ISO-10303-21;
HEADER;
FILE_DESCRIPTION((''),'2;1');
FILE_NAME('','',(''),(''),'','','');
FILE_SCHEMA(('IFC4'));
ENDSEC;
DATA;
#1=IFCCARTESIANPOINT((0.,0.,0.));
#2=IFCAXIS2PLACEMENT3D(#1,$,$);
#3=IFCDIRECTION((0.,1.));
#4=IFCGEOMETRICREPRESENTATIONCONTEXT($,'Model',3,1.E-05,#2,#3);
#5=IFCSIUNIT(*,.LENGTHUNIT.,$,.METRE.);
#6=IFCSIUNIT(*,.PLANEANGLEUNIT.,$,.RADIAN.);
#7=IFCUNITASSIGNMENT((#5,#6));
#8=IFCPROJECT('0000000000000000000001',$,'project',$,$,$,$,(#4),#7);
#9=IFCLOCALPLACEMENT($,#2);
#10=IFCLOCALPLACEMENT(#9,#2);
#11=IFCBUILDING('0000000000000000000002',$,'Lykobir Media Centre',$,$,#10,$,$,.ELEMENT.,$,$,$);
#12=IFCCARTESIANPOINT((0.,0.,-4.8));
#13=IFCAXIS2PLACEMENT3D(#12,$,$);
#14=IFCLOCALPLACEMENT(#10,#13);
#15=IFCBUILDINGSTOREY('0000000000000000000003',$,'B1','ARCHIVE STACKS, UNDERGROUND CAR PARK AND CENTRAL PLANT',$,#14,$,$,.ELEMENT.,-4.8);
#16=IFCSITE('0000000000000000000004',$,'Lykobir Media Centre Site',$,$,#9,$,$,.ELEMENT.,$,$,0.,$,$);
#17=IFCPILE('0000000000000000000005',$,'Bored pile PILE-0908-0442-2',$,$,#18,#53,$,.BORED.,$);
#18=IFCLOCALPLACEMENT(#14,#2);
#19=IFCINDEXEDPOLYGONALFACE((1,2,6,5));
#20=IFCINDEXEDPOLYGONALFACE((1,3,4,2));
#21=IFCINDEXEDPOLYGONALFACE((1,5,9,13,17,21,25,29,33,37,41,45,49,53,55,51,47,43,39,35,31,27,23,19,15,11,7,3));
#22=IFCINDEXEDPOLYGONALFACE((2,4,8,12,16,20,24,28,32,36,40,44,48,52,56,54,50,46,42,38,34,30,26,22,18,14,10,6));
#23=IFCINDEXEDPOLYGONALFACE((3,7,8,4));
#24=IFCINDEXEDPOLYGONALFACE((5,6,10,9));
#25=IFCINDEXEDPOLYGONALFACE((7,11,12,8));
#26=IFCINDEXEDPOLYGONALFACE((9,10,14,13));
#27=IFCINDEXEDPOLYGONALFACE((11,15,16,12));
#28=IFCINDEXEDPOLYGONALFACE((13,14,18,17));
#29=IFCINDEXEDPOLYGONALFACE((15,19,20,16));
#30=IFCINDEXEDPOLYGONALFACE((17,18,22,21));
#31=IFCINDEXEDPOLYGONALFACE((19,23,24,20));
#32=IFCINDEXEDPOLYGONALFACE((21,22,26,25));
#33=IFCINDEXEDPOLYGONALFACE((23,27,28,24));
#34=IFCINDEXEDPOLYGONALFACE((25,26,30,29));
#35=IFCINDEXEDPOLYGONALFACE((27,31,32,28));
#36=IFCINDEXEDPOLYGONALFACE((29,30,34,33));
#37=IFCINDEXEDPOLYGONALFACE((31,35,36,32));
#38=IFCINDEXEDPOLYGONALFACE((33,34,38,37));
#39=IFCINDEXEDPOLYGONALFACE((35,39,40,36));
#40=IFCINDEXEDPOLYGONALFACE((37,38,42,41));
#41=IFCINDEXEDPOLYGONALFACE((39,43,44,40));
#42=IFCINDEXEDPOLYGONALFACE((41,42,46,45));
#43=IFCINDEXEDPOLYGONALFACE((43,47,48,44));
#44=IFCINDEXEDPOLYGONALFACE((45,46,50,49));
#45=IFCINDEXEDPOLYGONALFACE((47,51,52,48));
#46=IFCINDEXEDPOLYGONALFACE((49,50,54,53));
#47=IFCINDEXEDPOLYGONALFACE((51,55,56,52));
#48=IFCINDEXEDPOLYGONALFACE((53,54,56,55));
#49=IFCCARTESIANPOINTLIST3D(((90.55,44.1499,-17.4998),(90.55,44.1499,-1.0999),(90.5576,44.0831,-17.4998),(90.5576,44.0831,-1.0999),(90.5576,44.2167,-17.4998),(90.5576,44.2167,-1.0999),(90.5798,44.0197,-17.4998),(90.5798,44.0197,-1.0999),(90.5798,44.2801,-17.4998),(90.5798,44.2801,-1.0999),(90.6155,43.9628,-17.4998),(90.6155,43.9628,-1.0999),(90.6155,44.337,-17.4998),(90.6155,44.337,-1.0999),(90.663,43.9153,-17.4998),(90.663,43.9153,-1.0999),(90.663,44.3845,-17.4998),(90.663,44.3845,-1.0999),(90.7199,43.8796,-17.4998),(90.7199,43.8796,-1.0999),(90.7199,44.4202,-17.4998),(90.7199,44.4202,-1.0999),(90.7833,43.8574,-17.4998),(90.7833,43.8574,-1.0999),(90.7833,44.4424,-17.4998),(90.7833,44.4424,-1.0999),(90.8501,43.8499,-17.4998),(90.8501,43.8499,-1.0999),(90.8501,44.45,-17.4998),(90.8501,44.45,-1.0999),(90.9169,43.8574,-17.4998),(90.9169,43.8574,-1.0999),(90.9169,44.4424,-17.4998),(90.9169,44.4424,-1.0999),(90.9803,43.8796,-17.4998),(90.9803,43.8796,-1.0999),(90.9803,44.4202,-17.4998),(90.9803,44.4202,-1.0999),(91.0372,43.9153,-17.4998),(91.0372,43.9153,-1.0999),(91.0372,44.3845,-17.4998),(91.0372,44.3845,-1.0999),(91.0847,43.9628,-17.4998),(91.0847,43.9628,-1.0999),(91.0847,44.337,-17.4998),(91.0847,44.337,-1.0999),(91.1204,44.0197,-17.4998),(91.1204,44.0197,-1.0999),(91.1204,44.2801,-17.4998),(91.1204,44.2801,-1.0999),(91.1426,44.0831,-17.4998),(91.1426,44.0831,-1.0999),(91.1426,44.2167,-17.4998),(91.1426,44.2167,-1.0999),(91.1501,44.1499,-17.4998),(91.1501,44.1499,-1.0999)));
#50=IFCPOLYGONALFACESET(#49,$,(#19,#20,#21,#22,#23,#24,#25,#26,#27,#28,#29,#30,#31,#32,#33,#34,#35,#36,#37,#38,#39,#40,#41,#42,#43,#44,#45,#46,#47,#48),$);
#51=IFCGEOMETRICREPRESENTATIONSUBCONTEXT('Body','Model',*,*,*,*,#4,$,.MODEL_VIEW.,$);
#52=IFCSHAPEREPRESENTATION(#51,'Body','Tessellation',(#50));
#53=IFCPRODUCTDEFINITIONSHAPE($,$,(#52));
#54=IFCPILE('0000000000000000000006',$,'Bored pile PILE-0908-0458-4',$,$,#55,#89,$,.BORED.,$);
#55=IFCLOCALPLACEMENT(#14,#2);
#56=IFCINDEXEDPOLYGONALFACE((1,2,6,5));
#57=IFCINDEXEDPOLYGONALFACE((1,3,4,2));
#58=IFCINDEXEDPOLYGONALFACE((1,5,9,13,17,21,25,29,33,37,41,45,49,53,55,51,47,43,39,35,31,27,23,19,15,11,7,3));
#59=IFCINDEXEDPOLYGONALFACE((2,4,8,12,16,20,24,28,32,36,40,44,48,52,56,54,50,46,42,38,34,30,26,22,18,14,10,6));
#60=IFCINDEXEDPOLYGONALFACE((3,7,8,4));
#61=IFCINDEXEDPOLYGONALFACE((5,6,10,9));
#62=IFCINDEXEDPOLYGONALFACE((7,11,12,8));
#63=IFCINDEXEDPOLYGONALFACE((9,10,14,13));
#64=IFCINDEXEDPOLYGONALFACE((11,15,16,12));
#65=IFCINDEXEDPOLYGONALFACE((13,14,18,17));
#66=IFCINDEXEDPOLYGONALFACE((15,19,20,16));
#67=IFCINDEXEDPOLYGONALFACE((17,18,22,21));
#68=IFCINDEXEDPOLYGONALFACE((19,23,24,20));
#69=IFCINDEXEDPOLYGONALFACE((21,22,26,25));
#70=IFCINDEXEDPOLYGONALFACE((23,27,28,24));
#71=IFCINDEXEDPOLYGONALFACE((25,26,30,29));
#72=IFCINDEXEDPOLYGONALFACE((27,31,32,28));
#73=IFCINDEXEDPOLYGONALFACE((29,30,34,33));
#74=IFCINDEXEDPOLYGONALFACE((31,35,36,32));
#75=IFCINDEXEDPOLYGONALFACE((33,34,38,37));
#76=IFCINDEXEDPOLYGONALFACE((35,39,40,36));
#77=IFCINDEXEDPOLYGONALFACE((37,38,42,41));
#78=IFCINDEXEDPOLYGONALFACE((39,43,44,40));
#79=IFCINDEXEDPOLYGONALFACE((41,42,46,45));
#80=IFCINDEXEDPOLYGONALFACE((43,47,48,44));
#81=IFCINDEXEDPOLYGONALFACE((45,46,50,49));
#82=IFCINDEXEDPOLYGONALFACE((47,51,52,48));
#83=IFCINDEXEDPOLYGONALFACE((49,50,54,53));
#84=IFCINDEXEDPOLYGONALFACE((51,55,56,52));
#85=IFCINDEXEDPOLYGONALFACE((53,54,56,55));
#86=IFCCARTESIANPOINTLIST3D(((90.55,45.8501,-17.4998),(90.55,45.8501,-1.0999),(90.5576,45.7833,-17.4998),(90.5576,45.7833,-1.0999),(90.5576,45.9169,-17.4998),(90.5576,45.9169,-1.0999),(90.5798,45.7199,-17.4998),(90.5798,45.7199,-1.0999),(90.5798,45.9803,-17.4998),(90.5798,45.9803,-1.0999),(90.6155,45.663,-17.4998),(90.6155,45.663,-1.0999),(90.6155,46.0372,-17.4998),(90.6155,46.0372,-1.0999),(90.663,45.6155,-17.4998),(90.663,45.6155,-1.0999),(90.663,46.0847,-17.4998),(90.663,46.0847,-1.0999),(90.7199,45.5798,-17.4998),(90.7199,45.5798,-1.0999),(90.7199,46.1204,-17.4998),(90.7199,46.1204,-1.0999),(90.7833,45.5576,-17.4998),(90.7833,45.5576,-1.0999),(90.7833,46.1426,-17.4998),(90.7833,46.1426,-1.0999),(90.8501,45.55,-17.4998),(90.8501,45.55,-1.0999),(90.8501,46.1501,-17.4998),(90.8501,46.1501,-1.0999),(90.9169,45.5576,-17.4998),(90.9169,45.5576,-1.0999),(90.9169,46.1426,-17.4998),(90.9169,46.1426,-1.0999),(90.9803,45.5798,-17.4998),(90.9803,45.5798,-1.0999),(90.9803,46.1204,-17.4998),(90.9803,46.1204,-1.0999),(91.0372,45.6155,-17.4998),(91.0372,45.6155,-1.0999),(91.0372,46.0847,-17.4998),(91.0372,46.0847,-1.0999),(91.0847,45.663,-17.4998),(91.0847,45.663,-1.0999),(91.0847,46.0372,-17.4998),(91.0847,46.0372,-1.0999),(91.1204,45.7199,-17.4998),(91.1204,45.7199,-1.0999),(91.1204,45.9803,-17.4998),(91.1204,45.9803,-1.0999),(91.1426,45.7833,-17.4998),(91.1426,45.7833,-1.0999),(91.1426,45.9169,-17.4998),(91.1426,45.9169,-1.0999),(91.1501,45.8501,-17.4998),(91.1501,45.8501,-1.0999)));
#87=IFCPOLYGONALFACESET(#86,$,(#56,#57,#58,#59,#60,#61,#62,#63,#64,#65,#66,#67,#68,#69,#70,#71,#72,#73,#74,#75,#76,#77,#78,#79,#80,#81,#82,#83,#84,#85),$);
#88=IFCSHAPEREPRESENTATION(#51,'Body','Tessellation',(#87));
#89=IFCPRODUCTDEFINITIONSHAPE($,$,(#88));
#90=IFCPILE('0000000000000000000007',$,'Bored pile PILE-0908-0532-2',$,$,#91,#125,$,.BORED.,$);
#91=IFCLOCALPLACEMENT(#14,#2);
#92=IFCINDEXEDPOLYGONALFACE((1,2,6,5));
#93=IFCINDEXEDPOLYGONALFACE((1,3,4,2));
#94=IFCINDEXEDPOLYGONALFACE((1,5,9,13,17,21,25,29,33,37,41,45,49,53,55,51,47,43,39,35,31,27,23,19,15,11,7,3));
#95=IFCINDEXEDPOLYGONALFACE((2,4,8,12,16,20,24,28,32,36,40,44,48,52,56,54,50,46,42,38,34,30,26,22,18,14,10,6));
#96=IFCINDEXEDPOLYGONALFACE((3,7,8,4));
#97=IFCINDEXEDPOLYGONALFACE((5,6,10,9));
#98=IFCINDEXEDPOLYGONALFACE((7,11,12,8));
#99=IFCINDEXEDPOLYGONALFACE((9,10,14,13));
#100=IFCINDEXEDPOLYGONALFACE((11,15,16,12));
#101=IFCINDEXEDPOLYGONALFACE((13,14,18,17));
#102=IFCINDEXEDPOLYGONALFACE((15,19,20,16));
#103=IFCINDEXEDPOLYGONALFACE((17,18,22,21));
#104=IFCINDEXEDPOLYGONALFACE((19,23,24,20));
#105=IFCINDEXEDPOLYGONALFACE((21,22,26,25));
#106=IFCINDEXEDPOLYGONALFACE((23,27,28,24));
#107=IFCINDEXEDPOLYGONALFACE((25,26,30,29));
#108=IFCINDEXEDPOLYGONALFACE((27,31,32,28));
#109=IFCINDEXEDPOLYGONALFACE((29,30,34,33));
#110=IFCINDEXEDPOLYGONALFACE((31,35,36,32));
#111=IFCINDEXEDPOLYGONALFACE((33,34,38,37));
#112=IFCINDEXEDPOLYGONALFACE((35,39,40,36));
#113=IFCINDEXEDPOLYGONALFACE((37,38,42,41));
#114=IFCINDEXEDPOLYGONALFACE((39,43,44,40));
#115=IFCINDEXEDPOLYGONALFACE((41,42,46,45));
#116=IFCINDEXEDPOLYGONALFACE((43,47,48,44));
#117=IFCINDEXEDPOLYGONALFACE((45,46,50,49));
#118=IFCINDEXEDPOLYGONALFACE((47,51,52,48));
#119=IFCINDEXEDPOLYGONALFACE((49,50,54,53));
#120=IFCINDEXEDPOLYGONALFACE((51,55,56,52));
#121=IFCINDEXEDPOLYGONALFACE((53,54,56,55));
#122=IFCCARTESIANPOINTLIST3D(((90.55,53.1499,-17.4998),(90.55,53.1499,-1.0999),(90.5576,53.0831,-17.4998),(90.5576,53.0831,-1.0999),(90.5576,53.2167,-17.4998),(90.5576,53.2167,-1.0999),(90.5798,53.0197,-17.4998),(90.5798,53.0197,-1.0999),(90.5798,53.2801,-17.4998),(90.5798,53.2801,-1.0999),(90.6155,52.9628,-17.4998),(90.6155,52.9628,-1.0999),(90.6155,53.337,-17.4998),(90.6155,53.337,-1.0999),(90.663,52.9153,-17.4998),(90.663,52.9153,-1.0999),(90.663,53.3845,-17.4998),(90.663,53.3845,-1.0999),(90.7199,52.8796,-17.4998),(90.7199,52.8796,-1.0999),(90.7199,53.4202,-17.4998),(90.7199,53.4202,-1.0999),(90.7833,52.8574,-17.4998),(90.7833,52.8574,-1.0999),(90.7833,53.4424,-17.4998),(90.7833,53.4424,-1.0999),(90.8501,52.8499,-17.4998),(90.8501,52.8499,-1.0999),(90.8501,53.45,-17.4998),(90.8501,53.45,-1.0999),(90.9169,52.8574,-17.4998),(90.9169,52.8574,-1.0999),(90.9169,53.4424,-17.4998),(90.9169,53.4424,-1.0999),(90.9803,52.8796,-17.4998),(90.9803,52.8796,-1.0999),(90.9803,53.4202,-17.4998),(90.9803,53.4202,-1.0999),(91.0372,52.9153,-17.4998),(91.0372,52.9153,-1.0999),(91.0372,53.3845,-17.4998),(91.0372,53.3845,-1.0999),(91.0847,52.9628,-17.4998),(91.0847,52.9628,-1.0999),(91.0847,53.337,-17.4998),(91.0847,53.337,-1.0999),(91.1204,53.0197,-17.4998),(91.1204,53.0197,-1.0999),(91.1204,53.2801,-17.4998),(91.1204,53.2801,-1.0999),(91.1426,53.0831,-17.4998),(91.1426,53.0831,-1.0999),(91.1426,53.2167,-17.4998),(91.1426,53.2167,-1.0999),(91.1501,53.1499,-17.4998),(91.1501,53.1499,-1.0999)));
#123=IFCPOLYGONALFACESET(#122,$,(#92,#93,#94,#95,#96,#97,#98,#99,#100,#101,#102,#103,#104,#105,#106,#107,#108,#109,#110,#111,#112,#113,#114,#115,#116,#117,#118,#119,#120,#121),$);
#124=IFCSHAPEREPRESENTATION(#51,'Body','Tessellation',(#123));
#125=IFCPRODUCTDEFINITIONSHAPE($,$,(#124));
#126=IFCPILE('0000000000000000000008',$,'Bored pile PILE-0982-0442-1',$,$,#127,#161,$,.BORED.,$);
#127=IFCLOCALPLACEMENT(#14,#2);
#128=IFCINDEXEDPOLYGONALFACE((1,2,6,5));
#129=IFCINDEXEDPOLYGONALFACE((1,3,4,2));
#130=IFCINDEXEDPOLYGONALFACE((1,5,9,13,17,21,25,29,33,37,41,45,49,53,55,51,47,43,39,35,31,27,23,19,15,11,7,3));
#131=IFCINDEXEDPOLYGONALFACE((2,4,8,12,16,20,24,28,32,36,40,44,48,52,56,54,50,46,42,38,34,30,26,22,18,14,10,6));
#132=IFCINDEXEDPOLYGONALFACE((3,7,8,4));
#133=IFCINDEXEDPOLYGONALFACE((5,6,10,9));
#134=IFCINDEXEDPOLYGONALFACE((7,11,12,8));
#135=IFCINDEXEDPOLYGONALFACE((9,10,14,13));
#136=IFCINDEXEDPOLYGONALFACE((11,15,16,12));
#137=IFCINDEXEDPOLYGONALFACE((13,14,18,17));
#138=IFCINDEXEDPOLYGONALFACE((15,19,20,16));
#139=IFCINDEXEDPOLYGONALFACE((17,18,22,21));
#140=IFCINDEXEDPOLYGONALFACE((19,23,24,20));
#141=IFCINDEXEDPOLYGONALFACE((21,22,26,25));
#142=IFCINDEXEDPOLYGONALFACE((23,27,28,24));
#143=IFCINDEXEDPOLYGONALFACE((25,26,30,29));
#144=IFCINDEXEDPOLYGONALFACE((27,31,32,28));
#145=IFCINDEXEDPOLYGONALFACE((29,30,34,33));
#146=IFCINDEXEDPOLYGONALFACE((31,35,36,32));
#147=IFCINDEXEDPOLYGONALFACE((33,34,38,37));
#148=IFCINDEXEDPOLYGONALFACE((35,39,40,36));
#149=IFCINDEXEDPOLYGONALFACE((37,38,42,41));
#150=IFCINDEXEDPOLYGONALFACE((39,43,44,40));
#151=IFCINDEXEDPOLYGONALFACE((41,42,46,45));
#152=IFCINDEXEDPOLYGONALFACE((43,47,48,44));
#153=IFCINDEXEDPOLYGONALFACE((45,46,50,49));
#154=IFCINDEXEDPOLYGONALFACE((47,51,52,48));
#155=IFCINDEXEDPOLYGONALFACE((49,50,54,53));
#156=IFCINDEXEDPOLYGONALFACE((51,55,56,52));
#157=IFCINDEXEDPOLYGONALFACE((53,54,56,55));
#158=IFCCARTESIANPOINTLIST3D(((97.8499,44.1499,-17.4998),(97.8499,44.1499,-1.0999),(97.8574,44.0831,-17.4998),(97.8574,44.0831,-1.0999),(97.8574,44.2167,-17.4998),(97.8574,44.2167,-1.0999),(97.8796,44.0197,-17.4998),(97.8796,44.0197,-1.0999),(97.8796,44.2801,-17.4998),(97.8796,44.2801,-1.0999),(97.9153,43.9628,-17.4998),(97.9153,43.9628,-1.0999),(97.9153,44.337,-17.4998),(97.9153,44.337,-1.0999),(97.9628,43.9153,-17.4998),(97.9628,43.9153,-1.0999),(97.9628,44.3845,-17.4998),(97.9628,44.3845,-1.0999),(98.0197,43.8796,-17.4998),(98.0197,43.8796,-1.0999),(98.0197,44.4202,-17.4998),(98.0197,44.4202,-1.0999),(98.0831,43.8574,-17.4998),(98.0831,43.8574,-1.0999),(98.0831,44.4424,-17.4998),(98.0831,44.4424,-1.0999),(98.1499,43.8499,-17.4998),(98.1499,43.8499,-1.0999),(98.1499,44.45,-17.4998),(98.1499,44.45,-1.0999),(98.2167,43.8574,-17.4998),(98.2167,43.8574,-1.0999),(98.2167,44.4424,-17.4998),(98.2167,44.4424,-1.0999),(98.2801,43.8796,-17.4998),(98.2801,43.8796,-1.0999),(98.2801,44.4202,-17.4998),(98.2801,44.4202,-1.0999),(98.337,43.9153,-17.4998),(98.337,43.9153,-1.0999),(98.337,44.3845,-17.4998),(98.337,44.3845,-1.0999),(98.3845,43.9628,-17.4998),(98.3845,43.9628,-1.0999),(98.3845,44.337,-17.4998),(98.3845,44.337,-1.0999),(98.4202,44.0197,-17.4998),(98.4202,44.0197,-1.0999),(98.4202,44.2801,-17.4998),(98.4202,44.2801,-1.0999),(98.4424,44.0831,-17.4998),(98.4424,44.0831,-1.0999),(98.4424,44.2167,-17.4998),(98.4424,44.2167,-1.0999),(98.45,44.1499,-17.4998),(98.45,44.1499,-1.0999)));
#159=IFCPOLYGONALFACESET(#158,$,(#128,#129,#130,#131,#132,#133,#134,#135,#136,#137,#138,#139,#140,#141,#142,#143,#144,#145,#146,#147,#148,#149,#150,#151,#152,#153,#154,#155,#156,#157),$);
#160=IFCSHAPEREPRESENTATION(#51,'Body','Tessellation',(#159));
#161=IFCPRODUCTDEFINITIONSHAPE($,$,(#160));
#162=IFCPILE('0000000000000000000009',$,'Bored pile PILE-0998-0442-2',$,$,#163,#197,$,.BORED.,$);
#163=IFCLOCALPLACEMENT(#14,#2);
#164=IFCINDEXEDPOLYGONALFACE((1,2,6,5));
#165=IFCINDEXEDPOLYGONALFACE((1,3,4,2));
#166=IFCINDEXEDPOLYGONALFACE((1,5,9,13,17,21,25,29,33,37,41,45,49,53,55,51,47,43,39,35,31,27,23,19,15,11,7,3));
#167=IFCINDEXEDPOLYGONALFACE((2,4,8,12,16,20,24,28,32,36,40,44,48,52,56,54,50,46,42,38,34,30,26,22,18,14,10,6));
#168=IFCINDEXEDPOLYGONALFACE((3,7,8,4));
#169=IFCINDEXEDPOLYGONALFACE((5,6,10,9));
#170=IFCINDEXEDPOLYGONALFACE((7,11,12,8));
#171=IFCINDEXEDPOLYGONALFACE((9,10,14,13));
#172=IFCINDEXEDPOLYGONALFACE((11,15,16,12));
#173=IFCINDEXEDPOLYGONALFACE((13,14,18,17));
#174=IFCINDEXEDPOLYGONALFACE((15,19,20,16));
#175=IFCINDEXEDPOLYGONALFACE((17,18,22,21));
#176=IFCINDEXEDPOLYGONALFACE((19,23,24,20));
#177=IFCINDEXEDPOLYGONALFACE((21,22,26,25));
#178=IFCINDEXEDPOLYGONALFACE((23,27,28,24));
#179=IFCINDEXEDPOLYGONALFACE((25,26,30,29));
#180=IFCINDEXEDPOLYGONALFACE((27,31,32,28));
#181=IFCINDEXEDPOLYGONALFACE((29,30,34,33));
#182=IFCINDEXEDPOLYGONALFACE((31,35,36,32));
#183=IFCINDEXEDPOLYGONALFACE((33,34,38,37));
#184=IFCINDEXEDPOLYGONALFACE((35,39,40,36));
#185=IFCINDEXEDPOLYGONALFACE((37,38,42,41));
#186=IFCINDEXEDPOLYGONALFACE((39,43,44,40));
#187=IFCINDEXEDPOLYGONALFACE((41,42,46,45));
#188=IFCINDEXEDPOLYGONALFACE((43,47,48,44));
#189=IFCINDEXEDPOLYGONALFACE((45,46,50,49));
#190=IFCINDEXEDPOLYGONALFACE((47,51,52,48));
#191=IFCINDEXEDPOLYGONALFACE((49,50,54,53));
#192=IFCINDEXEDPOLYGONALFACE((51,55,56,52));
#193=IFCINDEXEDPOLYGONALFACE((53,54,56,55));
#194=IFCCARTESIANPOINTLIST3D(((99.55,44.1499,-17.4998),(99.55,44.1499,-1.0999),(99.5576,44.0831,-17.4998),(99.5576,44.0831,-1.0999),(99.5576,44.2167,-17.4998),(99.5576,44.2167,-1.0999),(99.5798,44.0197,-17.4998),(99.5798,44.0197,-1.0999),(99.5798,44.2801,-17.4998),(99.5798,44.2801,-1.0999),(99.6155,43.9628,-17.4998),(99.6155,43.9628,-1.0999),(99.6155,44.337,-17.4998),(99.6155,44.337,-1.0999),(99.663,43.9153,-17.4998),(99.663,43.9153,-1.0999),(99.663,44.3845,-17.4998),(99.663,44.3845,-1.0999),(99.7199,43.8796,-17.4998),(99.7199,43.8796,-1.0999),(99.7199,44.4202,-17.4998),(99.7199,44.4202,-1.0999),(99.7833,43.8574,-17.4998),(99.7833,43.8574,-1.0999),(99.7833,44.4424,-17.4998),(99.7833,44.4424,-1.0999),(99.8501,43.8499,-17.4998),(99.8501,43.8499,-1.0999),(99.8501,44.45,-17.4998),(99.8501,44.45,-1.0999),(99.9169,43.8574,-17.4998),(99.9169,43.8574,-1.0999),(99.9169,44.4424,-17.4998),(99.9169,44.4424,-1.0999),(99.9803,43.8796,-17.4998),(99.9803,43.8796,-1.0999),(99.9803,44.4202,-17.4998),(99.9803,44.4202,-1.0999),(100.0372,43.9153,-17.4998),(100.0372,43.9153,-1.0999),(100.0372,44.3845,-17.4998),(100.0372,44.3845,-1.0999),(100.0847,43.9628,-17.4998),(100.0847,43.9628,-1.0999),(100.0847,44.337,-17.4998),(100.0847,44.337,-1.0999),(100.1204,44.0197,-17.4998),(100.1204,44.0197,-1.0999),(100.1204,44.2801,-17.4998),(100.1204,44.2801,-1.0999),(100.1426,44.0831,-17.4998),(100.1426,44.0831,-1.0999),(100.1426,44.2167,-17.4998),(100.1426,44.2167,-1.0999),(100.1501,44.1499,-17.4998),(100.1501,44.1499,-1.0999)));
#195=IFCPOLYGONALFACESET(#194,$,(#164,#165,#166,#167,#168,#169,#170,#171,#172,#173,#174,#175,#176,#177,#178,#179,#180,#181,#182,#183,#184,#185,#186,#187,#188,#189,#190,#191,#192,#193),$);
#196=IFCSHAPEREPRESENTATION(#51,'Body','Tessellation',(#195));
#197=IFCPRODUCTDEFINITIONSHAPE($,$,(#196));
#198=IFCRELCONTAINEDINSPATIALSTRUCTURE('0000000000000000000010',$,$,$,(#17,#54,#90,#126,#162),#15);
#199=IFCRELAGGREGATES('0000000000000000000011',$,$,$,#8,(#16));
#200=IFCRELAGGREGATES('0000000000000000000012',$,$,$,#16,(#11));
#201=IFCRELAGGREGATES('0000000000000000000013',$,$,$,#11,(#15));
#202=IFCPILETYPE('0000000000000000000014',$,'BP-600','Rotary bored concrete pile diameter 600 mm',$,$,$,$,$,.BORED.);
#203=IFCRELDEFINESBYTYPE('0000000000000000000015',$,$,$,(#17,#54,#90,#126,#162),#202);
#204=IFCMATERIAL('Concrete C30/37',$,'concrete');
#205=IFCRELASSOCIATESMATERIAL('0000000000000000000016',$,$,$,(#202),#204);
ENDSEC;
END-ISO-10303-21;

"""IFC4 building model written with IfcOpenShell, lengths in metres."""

from ifc_helpers import new_model, si_unit, direction, frame, origin, origin_2d, place, context, subcontext, project, spatial, circle, extrude, material, material_profile, profile_set, type_object, element, save


model = new_model("IFC4")

# Units and contexts
model_context = context("Model", 3, precision=1e-05, world=origin(), true_north=direction((0.0, 1.0)))
body_context = subcontext(model_context, "Body", "Model", "MODEL_VIEW")
ifc_project = project(units=[si_unit("LENGTHUNIT", "METRE"), si_unit("PLANEANGLEUNIT", "RADIAN")], contexts=[model_context])

# Site, building, storey
site_placement = place(None, origin())
site = spatial("IfcSite", under=ifc_project, at=site_placement, Name="Lykobir Media Centre Site", CompositionType="ELEMENT", RefElevation=0.0)
building_placement = place(site_placement, origin())
building = spatial("IfcBuilding", under=site, at=building_placement, Name="Lykobir Media Centre", CompositionType="ELEMENT")
storey_placement = place(building_placement, frame((0.0, 0.0, -4.8)))
storey = spatial("IfcBuildingStorey", under=building, at=storey_placement, Name="B1", Description="ARCHIVE STACKS, UNDERGROUND CAR PARK AND CENTRAL PLANT", CompositionType="ELEMENT", Elevation=-4.8)

# Piles
ifc_material_1 = material(Name="Concrete C30/37", Category="concrete")
ifc_material_profile_1 = material_profile(ifc_material_1, circle(Radius=0.3, at=origin_2d()), Name="BORED PILE D600")
ifc_profile_set_1 = profile_set([ifc_material_profile_1], Name="Concrete C30/37")
pile_type = type_object("IfcPileType", Name="BP-600", Description="Rotary bored concrete pile diameter 600 mm", PredefinedType="BORED", material=ifc_profile_set_1)
for number, where, z_axis, x_axis, name in (
    (1, (90.8501, 44.1499, -1.0999), (0.0, 0.0, -1.0), (1.0, 0.0, 0.0), "Bored pile PILE-0908-0442-2"),
    (2, (90.8501, 45.8501, -1.0999), (0.0, 0.0, -1.0), (1.0, 0.0, 0.0), "Bored pile PILE-0908-0458-4"),
    (3, (90.8501, 53.1499, -1.0999), (0.0, 0.0, -1.0), (1.0, 0.0, 0.0), "Bored pile PILE-0908-0532-2"),
    (4, (98.1499, 44.1499, -1.0999), (0.0, 0.0, -1.0), (1.0, 0.0, 0.0), "Bored pile PILE-0982-0442-1"),
    (5, (99.8501, 44.1499, -1.0999), (0.0, 0.0, -1.0), (1.0, 0.0, 0.0), "Bored pile PILE-0998-0442-2"),
):
    element("IfcPile", number, at=place(storey_placement, frame(where, z_axis=z_axis, x_axis=x_axis)), inside=storey, type_object=pile_type, Name=name, PredefinedType="BORED", context=body_context, shape_type="SweptSolid", body=[
        extrude(circle(Radius=0.3, at=origin_2d()), origin(), (0.0, 0.0, 1.0), 16.3999),
    ])

save(model, "model.ifc")
